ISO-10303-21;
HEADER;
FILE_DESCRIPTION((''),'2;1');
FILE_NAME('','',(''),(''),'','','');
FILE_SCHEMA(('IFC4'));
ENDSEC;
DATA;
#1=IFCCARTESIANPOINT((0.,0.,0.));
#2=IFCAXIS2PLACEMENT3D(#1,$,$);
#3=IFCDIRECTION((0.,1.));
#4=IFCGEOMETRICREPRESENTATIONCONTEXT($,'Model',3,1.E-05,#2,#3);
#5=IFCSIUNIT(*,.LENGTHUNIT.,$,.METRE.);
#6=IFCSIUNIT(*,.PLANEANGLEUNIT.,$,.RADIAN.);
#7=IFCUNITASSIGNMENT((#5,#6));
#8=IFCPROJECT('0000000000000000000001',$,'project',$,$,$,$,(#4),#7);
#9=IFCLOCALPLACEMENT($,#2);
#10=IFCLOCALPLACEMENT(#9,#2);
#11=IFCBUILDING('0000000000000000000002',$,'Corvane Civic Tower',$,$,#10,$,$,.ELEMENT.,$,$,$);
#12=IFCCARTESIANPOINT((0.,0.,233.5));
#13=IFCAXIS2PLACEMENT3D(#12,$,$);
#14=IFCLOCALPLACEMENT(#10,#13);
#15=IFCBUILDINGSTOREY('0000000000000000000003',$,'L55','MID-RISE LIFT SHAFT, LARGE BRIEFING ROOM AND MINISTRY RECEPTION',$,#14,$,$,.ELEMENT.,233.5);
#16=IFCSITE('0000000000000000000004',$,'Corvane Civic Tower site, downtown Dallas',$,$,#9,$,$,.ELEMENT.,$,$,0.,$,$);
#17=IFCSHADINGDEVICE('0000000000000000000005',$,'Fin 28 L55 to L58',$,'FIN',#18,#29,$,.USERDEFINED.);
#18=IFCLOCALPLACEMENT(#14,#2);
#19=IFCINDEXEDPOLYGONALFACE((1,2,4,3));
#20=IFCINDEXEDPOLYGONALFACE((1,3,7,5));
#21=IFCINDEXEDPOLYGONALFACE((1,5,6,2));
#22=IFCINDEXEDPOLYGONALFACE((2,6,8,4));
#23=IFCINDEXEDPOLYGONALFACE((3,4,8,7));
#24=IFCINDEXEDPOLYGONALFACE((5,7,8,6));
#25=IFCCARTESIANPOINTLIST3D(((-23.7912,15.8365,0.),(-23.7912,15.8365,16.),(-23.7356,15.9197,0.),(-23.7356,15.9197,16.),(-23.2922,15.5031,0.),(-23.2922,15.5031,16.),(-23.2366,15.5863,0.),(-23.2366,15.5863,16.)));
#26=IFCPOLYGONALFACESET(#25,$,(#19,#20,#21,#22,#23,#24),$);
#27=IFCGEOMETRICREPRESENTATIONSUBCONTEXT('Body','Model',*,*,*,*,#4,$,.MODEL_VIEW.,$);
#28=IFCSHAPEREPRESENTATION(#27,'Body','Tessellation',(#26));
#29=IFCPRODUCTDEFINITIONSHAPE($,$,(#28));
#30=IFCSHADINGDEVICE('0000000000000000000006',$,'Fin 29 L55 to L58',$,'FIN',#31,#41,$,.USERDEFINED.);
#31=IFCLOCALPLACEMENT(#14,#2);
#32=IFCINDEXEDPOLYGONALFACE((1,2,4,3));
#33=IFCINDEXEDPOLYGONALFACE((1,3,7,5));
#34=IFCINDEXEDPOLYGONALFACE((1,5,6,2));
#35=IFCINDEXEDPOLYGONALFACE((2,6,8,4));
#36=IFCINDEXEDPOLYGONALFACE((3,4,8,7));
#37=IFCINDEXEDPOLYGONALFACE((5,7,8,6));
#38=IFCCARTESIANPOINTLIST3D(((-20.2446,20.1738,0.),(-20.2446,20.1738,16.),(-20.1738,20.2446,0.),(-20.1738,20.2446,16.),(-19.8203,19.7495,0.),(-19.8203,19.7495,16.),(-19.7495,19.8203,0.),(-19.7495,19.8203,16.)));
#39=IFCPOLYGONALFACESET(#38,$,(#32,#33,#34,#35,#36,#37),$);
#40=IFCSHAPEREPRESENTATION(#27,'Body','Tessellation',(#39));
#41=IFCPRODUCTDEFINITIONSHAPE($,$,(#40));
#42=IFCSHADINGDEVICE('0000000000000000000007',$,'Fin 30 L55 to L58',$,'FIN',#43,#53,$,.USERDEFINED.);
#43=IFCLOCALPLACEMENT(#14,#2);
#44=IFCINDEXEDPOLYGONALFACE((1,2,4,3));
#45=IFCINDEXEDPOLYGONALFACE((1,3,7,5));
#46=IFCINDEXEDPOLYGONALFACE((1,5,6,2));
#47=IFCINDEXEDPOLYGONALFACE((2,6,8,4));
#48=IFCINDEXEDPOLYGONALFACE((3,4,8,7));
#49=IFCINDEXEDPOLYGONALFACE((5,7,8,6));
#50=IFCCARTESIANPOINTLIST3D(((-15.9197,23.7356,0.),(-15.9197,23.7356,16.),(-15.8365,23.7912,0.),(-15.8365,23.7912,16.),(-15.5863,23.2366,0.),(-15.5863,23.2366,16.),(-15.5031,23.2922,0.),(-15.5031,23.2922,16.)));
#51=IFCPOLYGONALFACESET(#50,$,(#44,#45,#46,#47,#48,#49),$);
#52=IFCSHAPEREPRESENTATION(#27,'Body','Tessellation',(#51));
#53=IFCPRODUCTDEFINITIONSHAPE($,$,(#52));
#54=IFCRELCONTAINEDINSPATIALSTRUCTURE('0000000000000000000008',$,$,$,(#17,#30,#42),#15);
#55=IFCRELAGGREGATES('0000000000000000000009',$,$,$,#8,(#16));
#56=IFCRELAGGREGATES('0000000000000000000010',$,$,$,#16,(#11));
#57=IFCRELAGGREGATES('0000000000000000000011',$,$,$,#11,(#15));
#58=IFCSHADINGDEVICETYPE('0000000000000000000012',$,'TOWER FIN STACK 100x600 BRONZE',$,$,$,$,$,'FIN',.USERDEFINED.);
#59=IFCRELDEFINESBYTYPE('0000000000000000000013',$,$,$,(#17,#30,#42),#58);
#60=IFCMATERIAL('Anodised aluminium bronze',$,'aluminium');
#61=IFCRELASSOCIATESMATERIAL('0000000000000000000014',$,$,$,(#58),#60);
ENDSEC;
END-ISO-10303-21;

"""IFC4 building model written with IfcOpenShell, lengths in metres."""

from ifc_helpers import new_model, si_unit, direction, frame, origin, origin_2d, place, context, subcontext, project, spatial, rectangle, extrude, material, material_profile, profile_set, type_object, element, save


model = new_model("IFC4")

# Units and contexts
model_context = context("Model", 3, precision=1e-05, world=origin(), true_north=direction((0.0, 1.0)))
body_context = subcontext(model_context, "Body", "Model", "MODEL_VIEW")
ifc_project = project(units=[si_unit("LENGTHUNIT", "METRE"), si_unit("PLANEANGLEUNIT", "RADIAN")], contexts=[model_context])

# Site, building, storey
site_placement = place(None, origin())
site = spatial("IfcSite", under=ifc_project, at=site_placement, Name="Corvane Civic Tower site, downtown Dallas", CompositionType="ELEMENT", RefElevation=0.0)
building_placement = place(site_placement, origin())
building = spatial("IfcBuilding", under=site, at=building_placement, Name="Corvane Civic Tower", CompositionType="ELEMENT")
storey_placement = place(building_placement, frame((0.0, 0.0, 233.5)))
storey = spatial("IfcBuildingStorey", under=building, at=storey_placement, Name="L55", Description="MID-RISE LIFT SHAFT, LARGE BRIEFING ROOM AND MINISTRY RECEPTION", CompositionType="ELEMENT", Elevation=233.5)

# Shading devices
ifc_material_1 = material(Name="Anodised aluminium bronze", Category="aluminium")
ifc_material_profile_1 = material_profile(ifc_material_1, rectangle(XDim=0.1001, YDim=0.6001, at=origin_2d()), Name="TOWER FIN STACK 100x600 BRONZE")
ifc_profile_set_1 = profile_set([ifc_material_profile_1], Name="Anodised aluminium bronze")
shading_device_type = type_object("IfcShadingDeviceType", Name="TOWER FIN STACK 100x600 BRONZE", ElementType="FIN", PredefinedType="USERDEFINED", material=ifc_profile_set_1)
for number, where, z_axis, x_axis, name in (
    (1, (-23.5139, 15.7114, 0.0), (0.0, 0.0, 1.0), (0.55557, 0.83147, 0.0), "Fin 28 L55 to L58"),
    (2, (-19.9971, 19.9971, 0.0), (0.0, 0.0, 1.0), (0.707107, 0.707107, 0.0), "Fin 29 L55 to L58"),
    (3, (-15.7114, 23.5139, 0.0), (0.0, 0.0, 1.0), (0.83147, 0.55557, 0.0), "Fin 30 L55 to L58"),
):
    element("IfcShadingDevice", number, at=place(storey_placement, frame(where, z_axis=z_axis, x_axis=x_axis)), inside=storey, type_object=shading_device_type, Name=name, ObjectType="FIN", PredefinedType="USERDEFINED", context=body_context, shape_type="SweptSolid", body=[
        extrude(rectangle(XDim=0.1001, YDim=0.6001, at=origin_2d()), origin(), (0.0, 0.0, 1.0), 16.0),
    ])

save(model, "model.ifc")
